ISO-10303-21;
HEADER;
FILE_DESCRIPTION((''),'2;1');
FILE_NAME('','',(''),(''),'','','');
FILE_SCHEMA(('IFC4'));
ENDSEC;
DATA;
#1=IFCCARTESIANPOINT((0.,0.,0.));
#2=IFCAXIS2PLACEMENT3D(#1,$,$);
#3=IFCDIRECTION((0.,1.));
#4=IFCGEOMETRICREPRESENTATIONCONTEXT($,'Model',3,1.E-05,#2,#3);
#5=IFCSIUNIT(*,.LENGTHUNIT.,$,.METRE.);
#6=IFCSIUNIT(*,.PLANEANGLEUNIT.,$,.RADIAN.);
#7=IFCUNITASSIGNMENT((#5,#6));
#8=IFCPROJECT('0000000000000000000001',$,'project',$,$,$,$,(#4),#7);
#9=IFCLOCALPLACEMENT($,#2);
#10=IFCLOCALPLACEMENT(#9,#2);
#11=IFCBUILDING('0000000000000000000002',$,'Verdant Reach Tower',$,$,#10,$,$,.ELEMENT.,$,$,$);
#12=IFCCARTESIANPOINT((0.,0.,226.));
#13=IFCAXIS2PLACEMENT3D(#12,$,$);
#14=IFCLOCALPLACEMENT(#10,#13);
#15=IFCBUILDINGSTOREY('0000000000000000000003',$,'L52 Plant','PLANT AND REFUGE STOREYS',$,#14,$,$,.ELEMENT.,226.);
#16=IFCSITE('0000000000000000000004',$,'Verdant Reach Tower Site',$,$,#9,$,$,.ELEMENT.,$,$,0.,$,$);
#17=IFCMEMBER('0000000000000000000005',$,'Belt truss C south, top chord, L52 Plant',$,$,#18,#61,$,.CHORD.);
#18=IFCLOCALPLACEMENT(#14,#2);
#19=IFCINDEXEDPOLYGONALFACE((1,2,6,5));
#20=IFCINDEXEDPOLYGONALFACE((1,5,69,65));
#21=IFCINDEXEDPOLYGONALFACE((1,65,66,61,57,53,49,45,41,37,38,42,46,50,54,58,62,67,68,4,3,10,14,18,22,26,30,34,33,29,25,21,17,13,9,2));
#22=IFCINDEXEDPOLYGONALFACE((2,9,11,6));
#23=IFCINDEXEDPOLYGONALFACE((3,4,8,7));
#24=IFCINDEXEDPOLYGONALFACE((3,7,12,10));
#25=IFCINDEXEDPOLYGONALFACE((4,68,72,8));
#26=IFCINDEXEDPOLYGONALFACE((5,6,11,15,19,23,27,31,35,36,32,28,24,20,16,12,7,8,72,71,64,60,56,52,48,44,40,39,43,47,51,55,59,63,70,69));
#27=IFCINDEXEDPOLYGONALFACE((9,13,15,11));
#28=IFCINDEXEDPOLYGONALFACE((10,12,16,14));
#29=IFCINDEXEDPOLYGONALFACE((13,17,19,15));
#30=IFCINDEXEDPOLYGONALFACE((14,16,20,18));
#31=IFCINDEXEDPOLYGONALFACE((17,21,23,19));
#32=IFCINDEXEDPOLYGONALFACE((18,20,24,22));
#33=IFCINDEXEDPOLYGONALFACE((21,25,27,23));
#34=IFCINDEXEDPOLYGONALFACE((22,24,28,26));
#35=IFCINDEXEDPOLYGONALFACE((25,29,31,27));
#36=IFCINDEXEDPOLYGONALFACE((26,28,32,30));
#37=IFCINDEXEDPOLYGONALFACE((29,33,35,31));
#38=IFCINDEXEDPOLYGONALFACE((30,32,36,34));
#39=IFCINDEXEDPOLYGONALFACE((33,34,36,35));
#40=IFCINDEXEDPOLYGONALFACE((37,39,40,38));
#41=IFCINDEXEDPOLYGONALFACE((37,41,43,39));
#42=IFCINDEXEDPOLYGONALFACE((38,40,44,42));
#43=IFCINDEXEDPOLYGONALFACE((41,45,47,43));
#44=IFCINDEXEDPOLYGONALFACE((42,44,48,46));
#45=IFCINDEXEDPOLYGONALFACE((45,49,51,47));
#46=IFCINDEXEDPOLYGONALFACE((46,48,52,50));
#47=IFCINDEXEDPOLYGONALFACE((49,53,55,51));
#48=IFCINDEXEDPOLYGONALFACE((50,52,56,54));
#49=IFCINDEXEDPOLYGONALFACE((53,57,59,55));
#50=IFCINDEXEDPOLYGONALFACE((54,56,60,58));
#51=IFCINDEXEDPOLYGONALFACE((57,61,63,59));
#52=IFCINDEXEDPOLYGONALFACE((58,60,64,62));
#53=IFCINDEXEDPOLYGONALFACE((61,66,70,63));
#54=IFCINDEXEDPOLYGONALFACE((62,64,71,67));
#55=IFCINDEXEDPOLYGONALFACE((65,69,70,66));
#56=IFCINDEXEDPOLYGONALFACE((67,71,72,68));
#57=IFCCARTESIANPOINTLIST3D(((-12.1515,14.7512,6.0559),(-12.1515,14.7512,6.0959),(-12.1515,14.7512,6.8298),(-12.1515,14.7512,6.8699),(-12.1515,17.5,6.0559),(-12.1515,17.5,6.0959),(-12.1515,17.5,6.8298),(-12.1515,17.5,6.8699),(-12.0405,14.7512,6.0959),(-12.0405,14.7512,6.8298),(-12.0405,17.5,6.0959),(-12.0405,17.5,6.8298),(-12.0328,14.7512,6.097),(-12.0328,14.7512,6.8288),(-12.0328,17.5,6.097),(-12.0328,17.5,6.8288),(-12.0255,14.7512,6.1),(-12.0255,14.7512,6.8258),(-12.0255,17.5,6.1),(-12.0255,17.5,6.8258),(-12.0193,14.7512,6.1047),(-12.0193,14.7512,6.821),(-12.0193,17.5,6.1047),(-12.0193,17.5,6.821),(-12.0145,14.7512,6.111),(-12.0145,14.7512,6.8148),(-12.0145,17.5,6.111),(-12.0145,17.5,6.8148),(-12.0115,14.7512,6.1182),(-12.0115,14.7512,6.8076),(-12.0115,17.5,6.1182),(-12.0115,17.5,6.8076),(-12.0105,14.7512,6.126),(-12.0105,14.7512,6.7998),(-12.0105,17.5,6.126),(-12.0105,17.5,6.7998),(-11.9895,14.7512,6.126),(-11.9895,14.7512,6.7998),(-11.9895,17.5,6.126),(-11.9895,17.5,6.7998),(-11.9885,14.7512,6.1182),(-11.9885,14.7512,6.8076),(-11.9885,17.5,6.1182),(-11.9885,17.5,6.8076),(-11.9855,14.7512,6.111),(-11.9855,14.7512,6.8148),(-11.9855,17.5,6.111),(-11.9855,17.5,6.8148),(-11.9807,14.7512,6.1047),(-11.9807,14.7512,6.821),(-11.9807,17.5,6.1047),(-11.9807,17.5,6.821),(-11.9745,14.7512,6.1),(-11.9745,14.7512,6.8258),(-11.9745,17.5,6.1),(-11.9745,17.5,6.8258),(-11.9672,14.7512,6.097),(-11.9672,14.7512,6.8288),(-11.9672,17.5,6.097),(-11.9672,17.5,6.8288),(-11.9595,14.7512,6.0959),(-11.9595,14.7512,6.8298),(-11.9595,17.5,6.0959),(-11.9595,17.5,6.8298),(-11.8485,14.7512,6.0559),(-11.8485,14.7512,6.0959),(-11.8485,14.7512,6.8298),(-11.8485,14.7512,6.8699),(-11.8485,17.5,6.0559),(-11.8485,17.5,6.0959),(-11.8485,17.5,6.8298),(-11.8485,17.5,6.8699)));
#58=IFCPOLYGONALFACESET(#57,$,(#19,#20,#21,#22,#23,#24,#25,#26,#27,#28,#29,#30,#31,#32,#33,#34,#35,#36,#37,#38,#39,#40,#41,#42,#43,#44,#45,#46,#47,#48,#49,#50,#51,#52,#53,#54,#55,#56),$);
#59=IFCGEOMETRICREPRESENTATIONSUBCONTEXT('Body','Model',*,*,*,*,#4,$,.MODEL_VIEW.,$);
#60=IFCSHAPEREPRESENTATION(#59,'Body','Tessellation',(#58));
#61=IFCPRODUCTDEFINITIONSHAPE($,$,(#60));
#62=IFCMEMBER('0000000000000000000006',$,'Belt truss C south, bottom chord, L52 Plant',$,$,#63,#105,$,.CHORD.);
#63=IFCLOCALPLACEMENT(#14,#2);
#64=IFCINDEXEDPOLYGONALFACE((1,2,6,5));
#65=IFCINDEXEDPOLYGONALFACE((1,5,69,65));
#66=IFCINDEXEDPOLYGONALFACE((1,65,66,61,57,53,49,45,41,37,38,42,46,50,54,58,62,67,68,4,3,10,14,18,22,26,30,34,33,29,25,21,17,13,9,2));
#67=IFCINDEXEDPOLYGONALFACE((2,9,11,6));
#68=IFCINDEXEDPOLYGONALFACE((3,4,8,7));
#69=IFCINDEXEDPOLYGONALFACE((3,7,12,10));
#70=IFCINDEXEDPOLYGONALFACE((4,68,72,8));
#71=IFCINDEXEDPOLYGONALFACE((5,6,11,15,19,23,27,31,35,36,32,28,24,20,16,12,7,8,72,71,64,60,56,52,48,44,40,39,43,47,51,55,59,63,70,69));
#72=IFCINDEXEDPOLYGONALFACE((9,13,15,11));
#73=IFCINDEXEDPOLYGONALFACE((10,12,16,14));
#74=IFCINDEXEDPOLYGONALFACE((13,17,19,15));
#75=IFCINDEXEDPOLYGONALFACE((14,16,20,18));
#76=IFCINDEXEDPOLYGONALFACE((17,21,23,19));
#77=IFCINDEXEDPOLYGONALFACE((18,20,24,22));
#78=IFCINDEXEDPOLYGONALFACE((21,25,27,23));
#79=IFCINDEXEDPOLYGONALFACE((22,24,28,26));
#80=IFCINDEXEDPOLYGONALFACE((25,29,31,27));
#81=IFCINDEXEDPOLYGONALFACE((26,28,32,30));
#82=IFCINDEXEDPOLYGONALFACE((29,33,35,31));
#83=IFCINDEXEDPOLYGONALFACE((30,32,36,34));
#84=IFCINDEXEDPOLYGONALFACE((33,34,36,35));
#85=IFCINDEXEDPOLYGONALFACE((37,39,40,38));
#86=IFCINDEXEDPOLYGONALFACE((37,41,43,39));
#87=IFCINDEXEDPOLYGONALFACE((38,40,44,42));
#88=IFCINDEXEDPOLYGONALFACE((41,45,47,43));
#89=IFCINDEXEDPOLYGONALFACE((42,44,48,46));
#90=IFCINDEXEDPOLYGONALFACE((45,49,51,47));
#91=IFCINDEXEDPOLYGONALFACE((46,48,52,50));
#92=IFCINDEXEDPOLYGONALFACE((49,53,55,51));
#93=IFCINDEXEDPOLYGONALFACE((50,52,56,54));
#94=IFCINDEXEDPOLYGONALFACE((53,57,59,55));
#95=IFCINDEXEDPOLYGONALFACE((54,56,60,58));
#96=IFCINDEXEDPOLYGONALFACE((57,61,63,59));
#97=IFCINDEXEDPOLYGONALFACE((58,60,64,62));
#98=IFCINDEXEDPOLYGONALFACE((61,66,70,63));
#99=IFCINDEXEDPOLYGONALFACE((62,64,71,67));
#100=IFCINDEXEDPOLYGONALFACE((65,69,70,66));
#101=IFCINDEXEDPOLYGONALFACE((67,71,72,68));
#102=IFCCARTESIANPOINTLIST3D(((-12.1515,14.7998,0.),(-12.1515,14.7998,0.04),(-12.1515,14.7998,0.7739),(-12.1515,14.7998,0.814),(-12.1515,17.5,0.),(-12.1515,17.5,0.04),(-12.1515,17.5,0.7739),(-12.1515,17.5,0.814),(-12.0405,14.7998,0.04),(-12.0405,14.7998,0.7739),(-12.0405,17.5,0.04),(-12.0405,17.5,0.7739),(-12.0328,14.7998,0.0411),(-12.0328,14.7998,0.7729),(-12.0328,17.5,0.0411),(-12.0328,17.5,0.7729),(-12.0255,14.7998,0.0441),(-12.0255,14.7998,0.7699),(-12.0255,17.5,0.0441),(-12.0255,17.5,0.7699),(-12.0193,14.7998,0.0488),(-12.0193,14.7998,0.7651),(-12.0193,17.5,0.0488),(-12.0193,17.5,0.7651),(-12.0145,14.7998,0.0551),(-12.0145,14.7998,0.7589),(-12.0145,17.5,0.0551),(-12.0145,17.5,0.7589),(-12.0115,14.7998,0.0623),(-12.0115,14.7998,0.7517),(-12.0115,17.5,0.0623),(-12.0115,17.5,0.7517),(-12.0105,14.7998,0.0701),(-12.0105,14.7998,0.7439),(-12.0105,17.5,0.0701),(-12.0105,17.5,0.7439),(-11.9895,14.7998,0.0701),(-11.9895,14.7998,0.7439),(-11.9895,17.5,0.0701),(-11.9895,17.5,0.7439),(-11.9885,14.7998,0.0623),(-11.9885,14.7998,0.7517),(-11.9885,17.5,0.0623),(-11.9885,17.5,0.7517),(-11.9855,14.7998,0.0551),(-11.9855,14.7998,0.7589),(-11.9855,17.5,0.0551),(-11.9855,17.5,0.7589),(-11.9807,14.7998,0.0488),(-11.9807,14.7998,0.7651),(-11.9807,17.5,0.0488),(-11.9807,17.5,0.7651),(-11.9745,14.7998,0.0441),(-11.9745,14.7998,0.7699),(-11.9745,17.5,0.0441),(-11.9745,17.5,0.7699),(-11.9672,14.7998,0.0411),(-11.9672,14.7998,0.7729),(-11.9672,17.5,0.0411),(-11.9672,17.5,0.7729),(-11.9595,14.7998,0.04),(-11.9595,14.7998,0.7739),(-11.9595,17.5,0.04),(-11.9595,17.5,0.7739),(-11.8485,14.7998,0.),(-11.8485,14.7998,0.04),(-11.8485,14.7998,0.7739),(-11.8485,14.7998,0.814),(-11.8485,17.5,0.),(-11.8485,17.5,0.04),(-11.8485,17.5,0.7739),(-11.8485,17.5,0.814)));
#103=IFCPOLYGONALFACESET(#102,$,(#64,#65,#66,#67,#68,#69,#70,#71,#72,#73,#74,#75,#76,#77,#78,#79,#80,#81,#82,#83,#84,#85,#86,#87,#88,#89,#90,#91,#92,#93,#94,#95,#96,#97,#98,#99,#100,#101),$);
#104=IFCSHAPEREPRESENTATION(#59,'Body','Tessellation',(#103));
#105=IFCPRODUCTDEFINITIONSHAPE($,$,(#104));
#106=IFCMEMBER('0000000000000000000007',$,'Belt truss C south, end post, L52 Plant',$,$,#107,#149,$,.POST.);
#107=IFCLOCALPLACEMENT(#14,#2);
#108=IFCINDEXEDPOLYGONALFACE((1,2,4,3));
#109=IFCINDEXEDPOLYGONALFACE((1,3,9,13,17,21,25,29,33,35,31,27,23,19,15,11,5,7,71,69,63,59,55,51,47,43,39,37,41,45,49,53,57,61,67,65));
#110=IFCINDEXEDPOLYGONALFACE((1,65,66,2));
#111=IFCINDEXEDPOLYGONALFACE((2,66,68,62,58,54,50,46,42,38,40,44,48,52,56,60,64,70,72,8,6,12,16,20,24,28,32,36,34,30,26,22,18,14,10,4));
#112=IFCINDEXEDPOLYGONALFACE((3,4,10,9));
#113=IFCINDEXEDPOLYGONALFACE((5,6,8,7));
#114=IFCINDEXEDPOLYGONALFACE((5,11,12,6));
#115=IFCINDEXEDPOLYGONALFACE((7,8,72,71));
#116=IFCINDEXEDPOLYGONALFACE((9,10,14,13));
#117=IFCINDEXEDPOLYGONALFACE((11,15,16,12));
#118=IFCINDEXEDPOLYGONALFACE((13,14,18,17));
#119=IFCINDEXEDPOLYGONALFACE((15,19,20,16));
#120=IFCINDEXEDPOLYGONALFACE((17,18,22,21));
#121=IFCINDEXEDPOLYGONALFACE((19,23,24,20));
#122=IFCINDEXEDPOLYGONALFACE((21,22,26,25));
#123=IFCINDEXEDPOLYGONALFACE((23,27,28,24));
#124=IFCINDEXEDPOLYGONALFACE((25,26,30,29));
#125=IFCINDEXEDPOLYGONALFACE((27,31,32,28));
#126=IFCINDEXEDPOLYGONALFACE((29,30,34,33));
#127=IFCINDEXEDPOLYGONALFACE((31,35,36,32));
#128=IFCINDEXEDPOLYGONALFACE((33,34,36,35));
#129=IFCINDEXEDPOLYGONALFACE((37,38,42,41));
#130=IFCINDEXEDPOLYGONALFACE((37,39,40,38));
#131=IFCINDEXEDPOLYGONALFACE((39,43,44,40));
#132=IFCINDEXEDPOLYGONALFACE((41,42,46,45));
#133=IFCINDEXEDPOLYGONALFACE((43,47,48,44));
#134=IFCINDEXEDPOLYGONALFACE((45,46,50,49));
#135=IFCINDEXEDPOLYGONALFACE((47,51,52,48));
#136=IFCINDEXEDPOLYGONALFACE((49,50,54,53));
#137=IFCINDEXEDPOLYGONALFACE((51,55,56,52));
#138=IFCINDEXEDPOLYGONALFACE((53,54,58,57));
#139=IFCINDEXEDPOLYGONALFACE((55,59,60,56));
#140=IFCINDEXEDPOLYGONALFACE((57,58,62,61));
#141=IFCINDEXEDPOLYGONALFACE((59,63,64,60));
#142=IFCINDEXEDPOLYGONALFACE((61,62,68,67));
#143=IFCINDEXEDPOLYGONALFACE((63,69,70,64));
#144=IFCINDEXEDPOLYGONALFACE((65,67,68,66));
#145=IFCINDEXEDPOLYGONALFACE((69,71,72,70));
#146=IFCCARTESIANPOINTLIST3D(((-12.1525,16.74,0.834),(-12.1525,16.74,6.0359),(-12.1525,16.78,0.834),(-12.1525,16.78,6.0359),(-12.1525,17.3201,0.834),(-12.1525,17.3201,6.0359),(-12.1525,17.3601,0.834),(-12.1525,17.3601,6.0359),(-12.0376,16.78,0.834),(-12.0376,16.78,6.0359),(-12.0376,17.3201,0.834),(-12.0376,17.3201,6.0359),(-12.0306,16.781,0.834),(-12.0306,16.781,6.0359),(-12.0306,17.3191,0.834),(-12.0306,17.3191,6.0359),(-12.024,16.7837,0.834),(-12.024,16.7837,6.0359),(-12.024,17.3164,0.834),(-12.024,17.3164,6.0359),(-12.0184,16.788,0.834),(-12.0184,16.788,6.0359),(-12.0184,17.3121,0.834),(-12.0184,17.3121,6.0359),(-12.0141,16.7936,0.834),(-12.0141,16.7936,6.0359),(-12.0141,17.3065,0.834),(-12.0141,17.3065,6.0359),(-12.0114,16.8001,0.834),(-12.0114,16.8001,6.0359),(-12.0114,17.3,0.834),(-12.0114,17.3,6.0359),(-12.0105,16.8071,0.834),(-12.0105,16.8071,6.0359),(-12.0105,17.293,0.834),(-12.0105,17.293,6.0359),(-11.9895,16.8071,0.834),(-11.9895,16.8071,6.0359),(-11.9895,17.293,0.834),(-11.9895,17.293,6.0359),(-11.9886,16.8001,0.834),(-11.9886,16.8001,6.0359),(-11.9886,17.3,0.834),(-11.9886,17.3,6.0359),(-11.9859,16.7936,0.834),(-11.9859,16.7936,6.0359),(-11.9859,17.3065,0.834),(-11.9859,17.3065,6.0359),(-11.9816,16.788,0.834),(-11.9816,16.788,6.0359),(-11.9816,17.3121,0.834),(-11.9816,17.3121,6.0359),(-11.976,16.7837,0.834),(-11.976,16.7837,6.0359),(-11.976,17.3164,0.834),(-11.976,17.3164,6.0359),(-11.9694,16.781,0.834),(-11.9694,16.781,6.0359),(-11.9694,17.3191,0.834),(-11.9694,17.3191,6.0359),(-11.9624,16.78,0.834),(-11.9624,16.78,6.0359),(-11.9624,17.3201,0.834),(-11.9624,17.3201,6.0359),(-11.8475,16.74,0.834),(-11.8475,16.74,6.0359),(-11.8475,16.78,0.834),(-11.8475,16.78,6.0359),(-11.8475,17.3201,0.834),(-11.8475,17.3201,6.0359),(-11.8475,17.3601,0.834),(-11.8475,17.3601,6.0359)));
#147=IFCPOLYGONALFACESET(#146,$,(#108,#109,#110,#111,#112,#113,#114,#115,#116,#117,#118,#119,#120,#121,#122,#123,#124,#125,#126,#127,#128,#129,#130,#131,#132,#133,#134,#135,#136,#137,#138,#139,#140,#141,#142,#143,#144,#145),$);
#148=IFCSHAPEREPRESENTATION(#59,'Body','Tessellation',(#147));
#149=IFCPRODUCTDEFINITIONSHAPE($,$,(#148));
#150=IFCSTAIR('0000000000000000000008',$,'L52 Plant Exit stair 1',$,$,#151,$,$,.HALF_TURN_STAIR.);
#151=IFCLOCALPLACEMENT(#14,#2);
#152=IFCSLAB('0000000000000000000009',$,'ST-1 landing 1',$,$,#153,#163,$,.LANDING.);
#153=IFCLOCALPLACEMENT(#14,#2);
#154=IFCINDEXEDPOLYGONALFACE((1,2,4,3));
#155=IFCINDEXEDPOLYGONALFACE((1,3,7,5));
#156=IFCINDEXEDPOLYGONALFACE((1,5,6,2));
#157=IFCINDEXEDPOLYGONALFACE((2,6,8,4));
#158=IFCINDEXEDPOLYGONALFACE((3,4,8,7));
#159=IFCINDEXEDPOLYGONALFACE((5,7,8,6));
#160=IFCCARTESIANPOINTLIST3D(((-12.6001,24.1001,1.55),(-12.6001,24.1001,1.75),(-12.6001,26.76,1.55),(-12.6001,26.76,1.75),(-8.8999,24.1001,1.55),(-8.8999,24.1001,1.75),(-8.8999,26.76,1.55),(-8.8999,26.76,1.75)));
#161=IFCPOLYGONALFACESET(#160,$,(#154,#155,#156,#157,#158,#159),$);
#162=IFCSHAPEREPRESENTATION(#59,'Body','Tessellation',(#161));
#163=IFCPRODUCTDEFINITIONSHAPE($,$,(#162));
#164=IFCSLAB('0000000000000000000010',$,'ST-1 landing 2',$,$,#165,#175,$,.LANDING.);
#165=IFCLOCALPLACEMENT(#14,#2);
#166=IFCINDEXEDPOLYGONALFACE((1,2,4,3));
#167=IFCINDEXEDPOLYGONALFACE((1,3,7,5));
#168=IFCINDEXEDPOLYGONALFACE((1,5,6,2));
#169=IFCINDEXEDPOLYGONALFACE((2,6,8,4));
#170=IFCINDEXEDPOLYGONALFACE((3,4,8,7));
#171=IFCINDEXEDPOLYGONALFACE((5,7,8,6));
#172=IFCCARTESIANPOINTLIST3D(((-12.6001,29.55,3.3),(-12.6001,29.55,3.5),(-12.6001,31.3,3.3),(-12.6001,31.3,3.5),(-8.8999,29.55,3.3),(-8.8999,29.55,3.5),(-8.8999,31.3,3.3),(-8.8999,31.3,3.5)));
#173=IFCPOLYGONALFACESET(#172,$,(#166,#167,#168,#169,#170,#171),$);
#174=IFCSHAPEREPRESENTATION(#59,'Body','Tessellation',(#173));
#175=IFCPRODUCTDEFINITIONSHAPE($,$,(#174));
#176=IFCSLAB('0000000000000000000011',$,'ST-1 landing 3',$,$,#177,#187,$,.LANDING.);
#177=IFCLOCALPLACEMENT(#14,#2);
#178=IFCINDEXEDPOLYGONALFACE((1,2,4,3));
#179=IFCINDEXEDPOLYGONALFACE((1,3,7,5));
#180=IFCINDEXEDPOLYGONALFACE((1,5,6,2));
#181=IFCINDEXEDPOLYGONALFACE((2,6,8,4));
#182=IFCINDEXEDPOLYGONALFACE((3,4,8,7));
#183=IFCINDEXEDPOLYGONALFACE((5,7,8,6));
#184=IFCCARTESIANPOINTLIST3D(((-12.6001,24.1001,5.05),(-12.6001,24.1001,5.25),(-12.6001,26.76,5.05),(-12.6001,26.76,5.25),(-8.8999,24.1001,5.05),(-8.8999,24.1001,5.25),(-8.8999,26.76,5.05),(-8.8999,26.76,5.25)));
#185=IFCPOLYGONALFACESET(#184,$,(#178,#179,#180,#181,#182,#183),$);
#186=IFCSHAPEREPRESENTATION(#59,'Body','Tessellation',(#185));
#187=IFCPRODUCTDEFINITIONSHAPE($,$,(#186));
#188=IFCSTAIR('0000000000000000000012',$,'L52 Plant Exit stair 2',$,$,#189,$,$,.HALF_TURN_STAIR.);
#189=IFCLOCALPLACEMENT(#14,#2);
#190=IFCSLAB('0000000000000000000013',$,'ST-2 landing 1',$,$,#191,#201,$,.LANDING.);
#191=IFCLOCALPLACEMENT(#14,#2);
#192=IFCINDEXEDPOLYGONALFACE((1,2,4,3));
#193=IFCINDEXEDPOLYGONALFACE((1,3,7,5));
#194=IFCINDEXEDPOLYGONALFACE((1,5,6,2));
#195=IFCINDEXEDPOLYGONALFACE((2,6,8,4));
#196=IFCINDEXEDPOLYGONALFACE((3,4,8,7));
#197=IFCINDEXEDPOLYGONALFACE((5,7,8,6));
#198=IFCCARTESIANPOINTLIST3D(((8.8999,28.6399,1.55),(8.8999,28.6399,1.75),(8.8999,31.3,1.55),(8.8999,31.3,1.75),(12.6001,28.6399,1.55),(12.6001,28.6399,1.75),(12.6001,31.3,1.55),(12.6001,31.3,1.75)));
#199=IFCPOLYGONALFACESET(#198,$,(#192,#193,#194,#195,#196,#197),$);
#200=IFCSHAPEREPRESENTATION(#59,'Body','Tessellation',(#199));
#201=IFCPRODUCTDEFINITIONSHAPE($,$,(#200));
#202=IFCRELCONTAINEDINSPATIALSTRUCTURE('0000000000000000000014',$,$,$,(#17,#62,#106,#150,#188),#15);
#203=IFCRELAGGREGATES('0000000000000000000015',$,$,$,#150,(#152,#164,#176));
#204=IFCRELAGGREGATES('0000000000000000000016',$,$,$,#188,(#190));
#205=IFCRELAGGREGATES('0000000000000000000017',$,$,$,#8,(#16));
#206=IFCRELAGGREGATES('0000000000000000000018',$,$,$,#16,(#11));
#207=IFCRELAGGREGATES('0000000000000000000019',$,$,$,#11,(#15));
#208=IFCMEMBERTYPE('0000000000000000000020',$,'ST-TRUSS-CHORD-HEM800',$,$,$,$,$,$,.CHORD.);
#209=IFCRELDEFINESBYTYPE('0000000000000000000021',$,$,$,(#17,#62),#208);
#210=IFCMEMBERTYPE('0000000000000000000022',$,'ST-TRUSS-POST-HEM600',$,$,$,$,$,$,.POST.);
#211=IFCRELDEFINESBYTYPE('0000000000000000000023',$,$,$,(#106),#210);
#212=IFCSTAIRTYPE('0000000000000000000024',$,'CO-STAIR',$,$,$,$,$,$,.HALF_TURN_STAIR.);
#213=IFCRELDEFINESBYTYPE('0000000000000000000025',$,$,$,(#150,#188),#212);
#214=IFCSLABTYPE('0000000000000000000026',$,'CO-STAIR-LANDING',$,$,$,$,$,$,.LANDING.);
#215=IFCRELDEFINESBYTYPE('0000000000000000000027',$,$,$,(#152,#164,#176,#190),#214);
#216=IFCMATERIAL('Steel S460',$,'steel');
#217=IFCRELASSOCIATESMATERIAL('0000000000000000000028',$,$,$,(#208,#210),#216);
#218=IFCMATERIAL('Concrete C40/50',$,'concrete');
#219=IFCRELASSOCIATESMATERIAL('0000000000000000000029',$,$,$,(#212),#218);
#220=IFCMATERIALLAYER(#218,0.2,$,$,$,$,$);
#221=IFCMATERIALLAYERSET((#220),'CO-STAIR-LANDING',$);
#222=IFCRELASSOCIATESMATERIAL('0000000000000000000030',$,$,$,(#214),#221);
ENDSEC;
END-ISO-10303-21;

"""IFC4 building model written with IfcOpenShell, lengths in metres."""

from ifc_helpers import new_model, si_unit, direction, frame, origin, origin_2d, place, context, subcontext, project, spatial, polyline, i_section, outline, extrude, material, layer, layer_set, material_profile, profile_set, type_object, element, aggregate, save


model = new_model("IFC4")

# Units and contexts
model_context = context("Model", 3, precision=1e-05, world=origin(), true_north=direction((0.0, 1.0)))
body_context = subcontext(model_context, "Body", "Model", "MODEL_VIEW")
ifc_project = project(units=[si_unit("LENGTHUNIT", "METRE"), si_unit("PLANEANGLEUNIT", "RADIAN")], contexts=[model_context])

# Site, building, storey
site_placement = place(None, origin())
site = spatial("IfcSite", under=ifc_project, at=site_placement, Name="Verdant Reach Tower Site", CompositionType="ELEMENT", RefElevation=0.0)
building_placement = place(site_placement, origin())
building = spatial("IfcBuilding", under=site, at=building_placement, Name="Verdant Reach Tower", CompositionType="ELEMENT")
storey_placement = place(building_placement, frame((0.0, 0.0, 226.0)))
storey = spatial("IfcBuildingStorey", under=building, at=storey_placement, Name="L52 Plant", Description="PLANT AND REFUGE STOREYS", CompositionType="ELEMENT", Elevation=226.0)

# Shared definitions
ifc_material_1 = material(Name="Steel S460", Category="steel")

# Members
ifc_material_profile_1 = material_profile(ifc_material_1, i_section(OverallWidth=0.303, OverallDepth=0.814, WebThickness=0.021, FlangeThickness=0.04, FilletRadius=0.03, at=origin_2d()), Name="HEM 800")
ifc_profile_set_1 = profile_set([ifc_material_profile_1], Name="Steel S460")
member_type_1 = type_object("IfcMemberType", Name="ST-TRUSS-CHORD-HEM800", PredefinedType="CHORD", material=ifc_profile_set_1)
member_1_placement = place(storey_placement, frame((-12.0, 17.5, 6.4629), z_axis=(0.0, -1.0, 0.0), x_axis=(1.0, 0.0, 0.0)))
element("IfcMember", 1, at=member_1_placement, inside=storey, type_object=member_type_1, Name="Belt truss C south, top chord, L52 Plant", PredefinedType="CHORD", context=body_context, shape_type="SweptSolid", body=[
    extrude(i_section(OverallWidth=0.303, OverallDepth=0.814, WebThickness=0.021, FlangeThickness=0.04, FilletRadius=0.03, at=origin_2d()), origin(), (0.0, 0.0, 1.0), 2.7488),
])
member_2_placement = place(storey_placement, frame((-12.0, 17.5, 0.407), z_axis=(0.0, -1.0, 0.0), x_axis=(1.0, 0.0, 0.0)))
element("IfcMember", 2, at=member_2_placement, inside=storey, type_object=member_type_1, Name="Belt truss C south, bottom chord, L52 Plant", PredefinedType="CHORD", context=body_context, shape_type="SweptSolid", body=[
    extrude(i_section(OverallWidth=0.303, OverallDepth=0.814, WebThickness=0.021, FlangeThickness=0.04, FilletRadius=0.03, at=origin_2d()), origin(), (0.0, 0.0, 1.0), 2.7002),
])
ifc_material_profile_2 = material_profile(ifc_material_1, i_section(OverallWidth=0.3049, OverallDepth=0.6201, WebThickness=0.021, FlangeThickness=0.04, FilletRadius=0.0271, at=origin_2d()), Name="HEM 600")
ifc_profile_set_2 = profile_set([ifc_material_profile_2], Name="Steel S460")
member_type_2 = type_object("IfcMemberType", Name="ST-TRUSS-POST-HEM600", PredefinedType="POST", material=ifc_profile_set_2)
member_3_placement = place(storey_placement, frame((-12.0, 17.05, 0.834), z_axis=(0.0, 0.0, 1.0), x_axis=(1.0, 0.0, 0.0)))
element("IfcMember", 3, at=member_3_placement, inside=storey, type_object=member_type_2, Name="Belt truss C south, end post, L52 Plant", PredefinedType="POST", context=body_context, shape_type="SweptSolid", body=[
    extrude(i_section(OverallWidth=0.3049, OverallDepth=0.6201, WebThickness=0.021, FlangeThickness=0.04, FilletRadius=0.0271, at=origin_2d()), origin(), (0.0, 0.0, 1.0), 5.2019),
])

# Stair, slabs
ifc_material_2 = material(Name="Concrete C40/50", Category="concrete")
stair_type = type_object("IfcStairType", Name="CO-STAIR", PredefinedType="HALF_TURN_STAIR", material=ifc_material_2)
stair_1_placement = place(storey_placement, origin())
stair_1 = element("IfcStair", 4, at=stair_1_placement, inside=storey, type_object=stair_type, Name="L52 Plant Exit stair 1", PredefinedType="HALF_TURN_STAIR")
ifc_layer_1 = layer(ifc_material_2, 0.2)
ifc_layer_set_1 = layer_set([ifc_layer_1], Name="CO-STAIR-LANDING")
slab_type_1 = type_object("IfcSlabType", Name="CO-STAIR-LANDING", PredefinedType="LANDING", material=ifc_layer_set_1)
slab_1_placement = place(storey_placement, frame((0.0, 0.0, 1.55)))
slab_1 = element("IfcSlab", 5, at=slab_1_placement, type_object=slab_type_1, Name="ST-1 landing 1", PredefinedType="LANDING", context=body_context, shape_type="SweptSolid", body=[
    extrude(outline(polyline([(-12.6001, 26.76), (-12.6001, 24.1001), (-8.8999, 24.1001), (-8.8999, 26.76), (-12.6001, 26.76)])), origin(), (0.0, 0.0, 1.0), 0.2),
])
slab_2_placement = place(storey_placement, frame((0.0, 0.0, 3.3)))
slab_2 = element("IfcSlab", 6, at=slab_2_placement, type_object=slab_type_1, Name="ST-1 landing 2", PredefinedType="LANDING", context=body_context, shape_type="SweptSolid", body=[
    extrude(outline(polyline([(-12.6001, 31.3), (-12.6001, 29.55), (-8.8999, 29.55), (-8.8999, 31.3), (-12.6001, 31.3)])), origin(), (0.0, 0.0, 1.0), 0.2),
])
slab_3_placement = place(storey_placement, frame((0.0, 0.0, 5.05)))
slab_3 = element("IfcSlab", 7, at=slab_3_placement, type_object=slab_type_1, Name="ST-1 landing 3", PredefinedType="LANDING", context=body_context, shape_type="SweptSolid", body=[
    extrude(outline(polyline([(-12.6001, 26.76), (-12.6001, 24.1001), (-8.8999, 24.1001), (-8.8999, 26.76), (-12.6001, 26.76)])), origin(), (0.0, 0.0, 1.0), 0.2),
])
aggregate(stair_1, [slab_1, slab_2, slab_3])

# Stair, slab
stair_2_placement = place(storey_placement, origin())
stair_2 = element("IfcStair", 8, at=stair_2_placement, inside=storey, type_object=stair_type, Name="L52 Plant Exit stair 2", PredefinedType="HALF_TURN_STAIR")
slab_4_placement = place(storey_placement, frame((0.0, 0.0, 1.55)))
slab_4 = element("IfcSlab", 9, at=slab_4_placement, type_object=slab_type_1, Name="ST-2 landing 1", PredefinedType="LANDING", context=body_context, shape_type="SweptSolid", body=[
    extrude(outline(polyline([(12.6001, 28.6399), (12.6001, 31.3), (8.8999, 31.3), (8.8999, 28.6399), (12.6001, 28.6399)])), origin(), (0.0, 0.0, 1.0), 0.2),
])
aggregate(stair_2, [slab_4])

save(model, "model.ifc")
